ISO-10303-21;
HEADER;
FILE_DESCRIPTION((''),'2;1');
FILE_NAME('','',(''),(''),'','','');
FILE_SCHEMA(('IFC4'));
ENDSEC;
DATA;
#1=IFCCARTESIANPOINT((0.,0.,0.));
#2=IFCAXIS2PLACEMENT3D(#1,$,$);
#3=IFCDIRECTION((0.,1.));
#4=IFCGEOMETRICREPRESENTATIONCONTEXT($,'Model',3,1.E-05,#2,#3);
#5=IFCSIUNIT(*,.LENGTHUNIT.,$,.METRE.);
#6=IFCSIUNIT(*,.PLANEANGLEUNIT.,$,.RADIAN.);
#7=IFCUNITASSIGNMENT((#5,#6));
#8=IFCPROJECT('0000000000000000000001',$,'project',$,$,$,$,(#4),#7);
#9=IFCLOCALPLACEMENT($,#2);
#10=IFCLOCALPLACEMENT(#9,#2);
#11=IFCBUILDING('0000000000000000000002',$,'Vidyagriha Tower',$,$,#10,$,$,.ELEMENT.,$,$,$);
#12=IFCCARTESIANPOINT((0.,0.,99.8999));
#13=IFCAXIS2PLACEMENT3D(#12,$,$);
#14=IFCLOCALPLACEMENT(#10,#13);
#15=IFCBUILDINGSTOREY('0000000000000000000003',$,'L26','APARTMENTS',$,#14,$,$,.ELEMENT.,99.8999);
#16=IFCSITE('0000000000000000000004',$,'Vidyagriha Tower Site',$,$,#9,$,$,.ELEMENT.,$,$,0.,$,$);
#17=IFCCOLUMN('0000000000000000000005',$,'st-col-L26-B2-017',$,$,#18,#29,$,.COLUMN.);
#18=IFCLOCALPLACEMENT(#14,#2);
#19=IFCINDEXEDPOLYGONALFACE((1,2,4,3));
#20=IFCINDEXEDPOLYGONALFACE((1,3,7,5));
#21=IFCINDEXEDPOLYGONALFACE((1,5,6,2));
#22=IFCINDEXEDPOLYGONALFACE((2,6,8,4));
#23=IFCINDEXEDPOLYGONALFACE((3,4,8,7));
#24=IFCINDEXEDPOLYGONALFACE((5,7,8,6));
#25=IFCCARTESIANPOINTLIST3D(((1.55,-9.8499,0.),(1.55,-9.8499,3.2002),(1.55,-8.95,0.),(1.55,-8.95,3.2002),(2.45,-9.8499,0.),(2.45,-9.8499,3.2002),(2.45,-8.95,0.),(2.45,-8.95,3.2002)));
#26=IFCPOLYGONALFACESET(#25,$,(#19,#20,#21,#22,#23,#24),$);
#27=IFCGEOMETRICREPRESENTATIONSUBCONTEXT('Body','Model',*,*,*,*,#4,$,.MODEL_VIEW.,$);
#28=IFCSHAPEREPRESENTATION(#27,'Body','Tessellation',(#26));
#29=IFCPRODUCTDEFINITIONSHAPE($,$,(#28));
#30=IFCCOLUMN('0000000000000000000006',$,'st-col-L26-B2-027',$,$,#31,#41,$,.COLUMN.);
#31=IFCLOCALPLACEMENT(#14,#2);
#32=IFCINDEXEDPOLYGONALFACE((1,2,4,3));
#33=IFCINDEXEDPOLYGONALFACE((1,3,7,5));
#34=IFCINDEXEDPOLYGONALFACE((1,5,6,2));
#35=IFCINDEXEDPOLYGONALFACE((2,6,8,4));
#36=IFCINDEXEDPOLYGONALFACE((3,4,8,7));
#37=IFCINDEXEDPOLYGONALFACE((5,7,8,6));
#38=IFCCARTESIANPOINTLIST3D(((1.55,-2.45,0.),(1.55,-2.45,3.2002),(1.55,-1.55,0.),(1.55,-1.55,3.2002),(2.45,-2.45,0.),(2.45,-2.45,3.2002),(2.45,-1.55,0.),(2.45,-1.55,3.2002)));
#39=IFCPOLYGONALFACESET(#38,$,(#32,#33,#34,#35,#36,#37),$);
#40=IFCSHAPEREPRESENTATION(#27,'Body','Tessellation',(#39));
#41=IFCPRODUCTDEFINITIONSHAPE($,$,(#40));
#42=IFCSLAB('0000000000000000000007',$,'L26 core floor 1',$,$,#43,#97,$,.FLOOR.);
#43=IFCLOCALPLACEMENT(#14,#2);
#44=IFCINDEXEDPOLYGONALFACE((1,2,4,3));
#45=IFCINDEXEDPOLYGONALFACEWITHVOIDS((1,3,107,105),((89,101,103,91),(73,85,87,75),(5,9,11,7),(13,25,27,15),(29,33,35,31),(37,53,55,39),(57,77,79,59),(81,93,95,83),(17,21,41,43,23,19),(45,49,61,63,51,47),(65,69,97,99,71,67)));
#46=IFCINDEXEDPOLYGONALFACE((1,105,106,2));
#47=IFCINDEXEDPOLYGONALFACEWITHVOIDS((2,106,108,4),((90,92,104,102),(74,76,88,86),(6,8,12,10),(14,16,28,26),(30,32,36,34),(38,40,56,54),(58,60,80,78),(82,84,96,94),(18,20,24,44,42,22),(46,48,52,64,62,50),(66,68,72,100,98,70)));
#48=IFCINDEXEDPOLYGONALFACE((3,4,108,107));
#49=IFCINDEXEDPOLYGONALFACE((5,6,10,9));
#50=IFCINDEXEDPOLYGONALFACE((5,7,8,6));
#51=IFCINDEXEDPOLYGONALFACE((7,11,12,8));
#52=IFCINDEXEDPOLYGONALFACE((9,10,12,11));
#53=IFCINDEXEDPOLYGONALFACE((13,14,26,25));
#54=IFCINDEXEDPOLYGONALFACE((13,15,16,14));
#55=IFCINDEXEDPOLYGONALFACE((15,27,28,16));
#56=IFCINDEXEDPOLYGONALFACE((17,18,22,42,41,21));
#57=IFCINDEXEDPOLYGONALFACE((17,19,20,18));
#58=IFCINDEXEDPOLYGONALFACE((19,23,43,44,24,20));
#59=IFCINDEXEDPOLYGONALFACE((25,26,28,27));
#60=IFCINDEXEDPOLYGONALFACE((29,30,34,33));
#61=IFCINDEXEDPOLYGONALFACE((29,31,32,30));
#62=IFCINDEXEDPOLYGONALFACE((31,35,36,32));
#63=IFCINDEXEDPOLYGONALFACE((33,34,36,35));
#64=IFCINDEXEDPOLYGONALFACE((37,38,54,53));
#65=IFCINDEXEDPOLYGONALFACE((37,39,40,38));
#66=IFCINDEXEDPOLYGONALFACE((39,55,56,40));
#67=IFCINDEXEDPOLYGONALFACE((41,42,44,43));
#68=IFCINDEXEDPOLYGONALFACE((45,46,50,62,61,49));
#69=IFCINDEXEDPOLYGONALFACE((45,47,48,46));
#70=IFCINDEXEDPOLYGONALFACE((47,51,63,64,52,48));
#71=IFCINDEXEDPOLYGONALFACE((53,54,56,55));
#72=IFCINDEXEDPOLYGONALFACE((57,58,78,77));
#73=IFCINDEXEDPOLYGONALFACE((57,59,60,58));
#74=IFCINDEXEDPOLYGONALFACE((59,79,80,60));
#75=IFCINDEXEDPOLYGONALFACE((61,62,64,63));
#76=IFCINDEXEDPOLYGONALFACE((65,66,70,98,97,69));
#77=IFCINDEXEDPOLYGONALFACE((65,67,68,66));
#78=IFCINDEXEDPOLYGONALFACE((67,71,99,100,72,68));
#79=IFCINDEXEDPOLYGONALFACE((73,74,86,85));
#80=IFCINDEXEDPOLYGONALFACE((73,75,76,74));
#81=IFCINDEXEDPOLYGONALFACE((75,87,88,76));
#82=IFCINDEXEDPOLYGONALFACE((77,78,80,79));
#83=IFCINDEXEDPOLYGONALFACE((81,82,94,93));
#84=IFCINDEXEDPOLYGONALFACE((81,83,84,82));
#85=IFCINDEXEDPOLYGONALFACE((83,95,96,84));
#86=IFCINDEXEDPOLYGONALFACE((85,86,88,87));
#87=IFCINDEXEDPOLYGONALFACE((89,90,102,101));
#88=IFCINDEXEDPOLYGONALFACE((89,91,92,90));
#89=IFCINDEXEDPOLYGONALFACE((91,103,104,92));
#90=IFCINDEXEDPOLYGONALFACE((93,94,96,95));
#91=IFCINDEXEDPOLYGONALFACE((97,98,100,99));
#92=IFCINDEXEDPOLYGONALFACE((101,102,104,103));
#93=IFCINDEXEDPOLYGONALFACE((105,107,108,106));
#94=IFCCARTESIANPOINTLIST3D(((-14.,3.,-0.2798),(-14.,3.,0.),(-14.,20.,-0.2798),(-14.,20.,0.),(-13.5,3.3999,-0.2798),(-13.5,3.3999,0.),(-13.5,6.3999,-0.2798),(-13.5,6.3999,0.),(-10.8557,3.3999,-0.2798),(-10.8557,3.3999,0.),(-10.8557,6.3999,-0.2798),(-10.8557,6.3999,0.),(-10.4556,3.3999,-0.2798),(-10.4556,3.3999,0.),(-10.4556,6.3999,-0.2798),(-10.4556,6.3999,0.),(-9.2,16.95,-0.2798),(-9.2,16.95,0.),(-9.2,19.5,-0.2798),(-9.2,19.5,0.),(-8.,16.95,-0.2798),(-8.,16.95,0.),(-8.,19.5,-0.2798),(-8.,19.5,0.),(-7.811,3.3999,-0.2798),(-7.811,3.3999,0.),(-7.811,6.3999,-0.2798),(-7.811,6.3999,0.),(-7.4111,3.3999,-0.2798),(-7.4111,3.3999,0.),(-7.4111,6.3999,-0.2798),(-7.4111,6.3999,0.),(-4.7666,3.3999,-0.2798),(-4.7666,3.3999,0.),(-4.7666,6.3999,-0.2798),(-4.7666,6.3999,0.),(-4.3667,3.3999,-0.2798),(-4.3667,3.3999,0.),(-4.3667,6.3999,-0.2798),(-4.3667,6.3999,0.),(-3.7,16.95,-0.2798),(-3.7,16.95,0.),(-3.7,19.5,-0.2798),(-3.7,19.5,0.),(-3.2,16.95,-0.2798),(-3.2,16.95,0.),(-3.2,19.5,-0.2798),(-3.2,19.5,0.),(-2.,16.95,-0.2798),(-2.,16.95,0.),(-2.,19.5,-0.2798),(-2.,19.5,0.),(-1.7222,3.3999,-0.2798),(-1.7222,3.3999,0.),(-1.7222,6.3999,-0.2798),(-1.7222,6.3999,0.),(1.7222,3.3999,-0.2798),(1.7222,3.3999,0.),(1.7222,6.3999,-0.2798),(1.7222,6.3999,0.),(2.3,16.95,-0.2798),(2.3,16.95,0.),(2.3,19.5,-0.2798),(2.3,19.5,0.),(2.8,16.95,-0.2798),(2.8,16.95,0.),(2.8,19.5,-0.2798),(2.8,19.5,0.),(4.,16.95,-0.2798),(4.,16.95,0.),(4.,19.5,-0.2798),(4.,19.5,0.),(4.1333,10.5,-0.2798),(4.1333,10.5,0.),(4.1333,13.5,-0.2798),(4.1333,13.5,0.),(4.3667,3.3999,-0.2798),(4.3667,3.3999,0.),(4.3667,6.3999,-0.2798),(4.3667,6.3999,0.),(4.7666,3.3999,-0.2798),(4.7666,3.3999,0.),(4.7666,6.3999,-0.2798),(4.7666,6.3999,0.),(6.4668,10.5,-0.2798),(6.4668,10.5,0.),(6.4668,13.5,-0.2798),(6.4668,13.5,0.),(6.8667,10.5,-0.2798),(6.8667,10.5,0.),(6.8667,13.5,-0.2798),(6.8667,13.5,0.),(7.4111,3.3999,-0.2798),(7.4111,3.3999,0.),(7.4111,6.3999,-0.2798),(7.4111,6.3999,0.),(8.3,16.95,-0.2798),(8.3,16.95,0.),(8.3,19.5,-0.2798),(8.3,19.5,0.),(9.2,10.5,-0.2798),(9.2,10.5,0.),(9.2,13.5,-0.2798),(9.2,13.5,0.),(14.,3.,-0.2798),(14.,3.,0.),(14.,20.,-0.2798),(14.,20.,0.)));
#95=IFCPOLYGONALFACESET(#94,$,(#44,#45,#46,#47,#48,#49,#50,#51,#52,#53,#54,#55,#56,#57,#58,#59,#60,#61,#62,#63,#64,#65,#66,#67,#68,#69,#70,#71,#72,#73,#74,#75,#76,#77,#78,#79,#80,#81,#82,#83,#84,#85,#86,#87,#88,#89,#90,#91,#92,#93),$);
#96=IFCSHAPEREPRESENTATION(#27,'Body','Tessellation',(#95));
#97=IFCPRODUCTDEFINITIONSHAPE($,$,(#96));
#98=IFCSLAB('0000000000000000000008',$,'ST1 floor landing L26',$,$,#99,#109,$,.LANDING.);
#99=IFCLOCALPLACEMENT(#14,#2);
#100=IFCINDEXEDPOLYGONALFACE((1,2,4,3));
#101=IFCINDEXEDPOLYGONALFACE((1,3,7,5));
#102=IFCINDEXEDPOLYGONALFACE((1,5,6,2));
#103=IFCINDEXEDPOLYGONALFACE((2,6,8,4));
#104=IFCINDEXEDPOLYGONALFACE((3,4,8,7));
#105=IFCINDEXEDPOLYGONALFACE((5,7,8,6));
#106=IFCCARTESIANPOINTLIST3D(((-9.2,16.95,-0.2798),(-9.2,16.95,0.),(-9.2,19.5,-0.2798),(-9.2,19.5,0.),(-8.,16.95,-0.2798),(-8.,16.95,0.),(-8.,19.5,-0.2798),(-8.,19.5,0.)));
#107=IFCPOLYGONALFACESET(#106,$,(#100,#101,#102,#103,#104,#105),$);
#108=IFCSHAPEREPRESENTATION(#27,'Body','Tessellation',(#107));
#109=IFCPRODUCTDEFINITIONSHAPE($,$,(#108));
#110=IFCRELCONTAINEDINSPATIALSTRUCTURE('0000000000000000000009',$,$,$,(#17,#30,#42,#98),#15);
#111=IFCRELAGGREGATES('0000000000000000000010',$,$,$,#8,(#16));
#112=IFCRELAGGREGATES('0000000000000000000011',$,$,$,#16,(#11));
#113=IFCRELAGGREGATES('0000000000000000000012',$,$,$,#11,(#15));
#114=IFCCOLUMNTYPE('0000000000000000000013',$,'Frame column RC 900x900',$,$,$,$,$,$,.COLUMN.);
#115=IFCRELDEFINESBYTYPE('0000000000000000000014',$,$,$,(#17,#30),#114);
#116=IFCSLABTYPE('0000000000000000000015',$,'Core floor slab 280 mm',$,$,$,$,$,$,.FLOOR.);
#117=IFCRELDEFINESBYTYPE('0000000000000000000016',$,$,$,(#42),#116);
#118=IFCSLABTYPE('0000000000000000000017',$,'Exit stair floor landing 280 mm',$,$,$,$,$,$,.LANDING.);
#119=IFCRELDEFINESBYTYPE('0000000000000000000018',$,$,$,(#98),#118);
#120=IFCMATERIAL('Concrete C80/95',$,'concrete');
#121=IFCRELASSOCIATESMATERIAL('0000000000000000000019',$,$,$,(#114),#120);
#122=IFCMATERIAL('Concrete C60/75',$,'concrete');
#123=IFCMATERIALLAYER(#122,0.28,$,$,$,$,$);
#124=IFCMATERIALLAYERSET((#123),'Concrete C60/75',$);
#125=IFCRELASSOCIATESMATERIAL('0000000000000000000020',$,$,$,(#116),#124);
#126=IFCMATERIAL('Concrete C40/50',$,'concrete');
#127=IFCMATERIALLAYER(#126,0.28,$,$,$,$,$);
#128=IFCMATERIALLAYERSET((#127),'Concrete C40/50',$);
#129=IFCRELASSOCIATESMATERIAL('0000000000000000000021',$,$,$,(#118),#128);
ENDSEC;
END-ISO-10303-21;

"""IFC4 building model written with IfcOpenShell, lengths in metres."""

from ifc_helpers import new_model, si_unit, direction, frame, origin, origin_2d, place, context, subcontext, project, spatial, polyline, rectangle, outline, extrude, material, layer, layer_set, material_profile, profile_set, type_object, element, save


model = new_model("IFC4")

# Units and contexts
model_context = context("Model", 3, precision=1e-05, world=origin(), true_north=direction((0.0, 1.0)))
body_context = subcontext(model_context, "Body", "Model", "MODEL_VIEW")
ifc_project = project(units=[si_unit("LENGTHUNIT", "METRE"), si_unit("PLANEANGLEUNIT", "RADIAN")], contexts=[model_context])

# Site, building, storey
site_placement = place(None, origin())
site = spatial("IfcSite", under=ifc_project, at=site_placement, Name="Vidyagriha Tower Site", CompositionType="ELEMENT", RefElevation=0.0)
building_placement = place(site_placement, origin())
building = spatial("IfcBuilding", under=site, at=building_placement, Name="Vidyagriha Tower", CompositionType="ELEMENT")
storey_placement = place(building_placement, frame((0.0, 0.0, 99.8999)))
storey = spatial("IfcBuildingStorey", under=building, at=storey_placement, Name="L26", Description="APARTMENTS", CompositionType="ELEMENT", Elevation=99.8999)

# Columns
ifc_material_1 = material(Name="Concrete C80/95", Category="concrete")
ifc_material_profile = material_profile(ifc_material_1, rectangle(XDim=0.8999, YDim=0.8999, at=origin_2d()), Name="RC 900x900")
ifc_profile_set = profile_set([ifc_material_profile], Name="Concrete C80/95")
column_type = type_object("IfcColumnType", Name="Frame column RC 900x900", PredefinedType="COLUMN", material=ifc_profile_set)
for number, where, name in (
    (1, (2.0, -9.3999, 0.0), "st-col-L26-B2-017"),
    (2, (2.0, -2.0, 0.0), "st-col-L26-B2-027"),
):
    element("IfcColumn", number, at=place(storey_placement, frame(where)), inside=storey, type_object=column_type, Name=name, PredefinedType="COLUMN", context=body_context, shape_type="SweptSolid", body=[
        extrude(rectangle(XDim=0.8999, YDim=0.8999, at=origin_2d()), origin(), (0.0, 0.0, 1.0), 3.2002),
    ])

# Slabs
ifc_material_2 = material(Name="Concrete C60/75", Category="concrete")
ifc_layer_1 = layer(ifc_material_2, 0.28)
ifc_layer_set_1 = layer_set([ifc_layer_1], Name="Concrete C60/75")
slab_type_1 = type_object("IfcSlabType", Name="Core floor slab 280 mm", PredefinedType="FLOOR", material=ifc_layer_set_1)
slab_1_placement = place(storey_placement, frame((0.0, 0.0, -0.2798)))
element("IfcSlab", 3, at=slab_1_placement, inside=storey, type_object=slab_type_1, Name="L26 core floor 1", PredefinedType="FLOOR", context=body_context, shape_type="SweptSolid", body=[
    extrude(outline(polyline([(-14.0, 3.0), (-14.0, 20.0), (14.0, 20.0), (14.0, 3.0), (-14.0, 3.0)]), holes=[polyline([(9.2, 13.5), (6.8667, 13.5), (6.8667, 10.5), (9.2, 10.5), (9.2, 13.5)]), polyline([(4.0, 19.5), (2.8, 19.5), (2.8, 16.95), (4.0, 16.95), (8.3, 16.95), (8.3, 19.5), (4.0, 19.5)]), polyline([(7.4111, 6.3999), (4.7666, 6.3999), (4.7666, 3.3999), (7.4111, 3.3999), (7.4111, 6.3999)]), polyline([(6.4668, 13.5), (4.1333, 13.5), (4.1333, 10.5), (6.4668, 10.5), (6.4668, 13.5)]), polyline([(1.7222, 6.3999), (1.7222, 3.3999), (4.3667, 3.3999), (4.3667, 6.3999), (1.7222, 6.3999)]), polyline([(-2.0, 16.95), (2.3, 16.95), (2.3, 19.5), (-2.0, 19.5), (-3.2, 19.5), (-3.2, 16.95), (-2.0, 16.95)]), polyline([(-1.7222, 6.3999), (-4.3667, 6.3999), (-4.3667, 3.3999), (-1.7222, 3.3999), (-1.7222, 6.3999)]), polyline([(-8.0, 19.5), (-9.2, 19.5), (-9.2, 16.95), (-8.0, 16.95), (-3.7, 16.95), (-3.7, 19.5), (-8.0, 19.5)]), polyline([(-4.7666, 6.3999), (-7.4111, 6.3999), (-7.4111, 3.3999), (-4.7666, 3.3999), (-4.7666, 6.3999)]), polyline([(-7.811, 6.3999), (-10.4556, 6.3999), (-10.4556, 3.3999), (-7.811, 3.3999), (-7.811, 6.3999)]), polyline([(-13.5, 6.3999), (-13.5, 3.3999), (-10.8557, 3.3999), (-10.8557, 6.3999), (-13.5, 6.3999)])]), origin(), (0.0, 0.0, 1.0), 0.2798),
])
ifc_material_3 = material(Name="Concrete C40/50", Category="concrete")
ifc_layer_2 = layer(ifc_material_3, 0.28)
ifc_layer_set_2 = layer_set([ifc_layer_2], Name="Concrete C40/50")
slab_type_2 = type_object("IfcSlabType", Name="Exit stair floor landing 280 mm", PredefinedType="LANDING", material=ifc_layer_set_2)
slab_2_placement = place(storey_placement, frame((0.0, 0.0, -0.2798)))
element("IfcSlab", 4, at=slab_2_placement, inside=storey, type_object=slab_type_2, Name="ST1 floor landing L26", PredefinedType="LANDING", context=body_context, shape_type="SweptSolid", body=[
    extrude(outline(polyline([(-9.2, 16.95), (-8.0, 16.95), (-8.0, 19.5), (-9.2, 19.5), (-9.2, 16.95)])), origin(), (0.0, 0.0, 1.0), 0.2798),
])

save(model, "model.ifc")
